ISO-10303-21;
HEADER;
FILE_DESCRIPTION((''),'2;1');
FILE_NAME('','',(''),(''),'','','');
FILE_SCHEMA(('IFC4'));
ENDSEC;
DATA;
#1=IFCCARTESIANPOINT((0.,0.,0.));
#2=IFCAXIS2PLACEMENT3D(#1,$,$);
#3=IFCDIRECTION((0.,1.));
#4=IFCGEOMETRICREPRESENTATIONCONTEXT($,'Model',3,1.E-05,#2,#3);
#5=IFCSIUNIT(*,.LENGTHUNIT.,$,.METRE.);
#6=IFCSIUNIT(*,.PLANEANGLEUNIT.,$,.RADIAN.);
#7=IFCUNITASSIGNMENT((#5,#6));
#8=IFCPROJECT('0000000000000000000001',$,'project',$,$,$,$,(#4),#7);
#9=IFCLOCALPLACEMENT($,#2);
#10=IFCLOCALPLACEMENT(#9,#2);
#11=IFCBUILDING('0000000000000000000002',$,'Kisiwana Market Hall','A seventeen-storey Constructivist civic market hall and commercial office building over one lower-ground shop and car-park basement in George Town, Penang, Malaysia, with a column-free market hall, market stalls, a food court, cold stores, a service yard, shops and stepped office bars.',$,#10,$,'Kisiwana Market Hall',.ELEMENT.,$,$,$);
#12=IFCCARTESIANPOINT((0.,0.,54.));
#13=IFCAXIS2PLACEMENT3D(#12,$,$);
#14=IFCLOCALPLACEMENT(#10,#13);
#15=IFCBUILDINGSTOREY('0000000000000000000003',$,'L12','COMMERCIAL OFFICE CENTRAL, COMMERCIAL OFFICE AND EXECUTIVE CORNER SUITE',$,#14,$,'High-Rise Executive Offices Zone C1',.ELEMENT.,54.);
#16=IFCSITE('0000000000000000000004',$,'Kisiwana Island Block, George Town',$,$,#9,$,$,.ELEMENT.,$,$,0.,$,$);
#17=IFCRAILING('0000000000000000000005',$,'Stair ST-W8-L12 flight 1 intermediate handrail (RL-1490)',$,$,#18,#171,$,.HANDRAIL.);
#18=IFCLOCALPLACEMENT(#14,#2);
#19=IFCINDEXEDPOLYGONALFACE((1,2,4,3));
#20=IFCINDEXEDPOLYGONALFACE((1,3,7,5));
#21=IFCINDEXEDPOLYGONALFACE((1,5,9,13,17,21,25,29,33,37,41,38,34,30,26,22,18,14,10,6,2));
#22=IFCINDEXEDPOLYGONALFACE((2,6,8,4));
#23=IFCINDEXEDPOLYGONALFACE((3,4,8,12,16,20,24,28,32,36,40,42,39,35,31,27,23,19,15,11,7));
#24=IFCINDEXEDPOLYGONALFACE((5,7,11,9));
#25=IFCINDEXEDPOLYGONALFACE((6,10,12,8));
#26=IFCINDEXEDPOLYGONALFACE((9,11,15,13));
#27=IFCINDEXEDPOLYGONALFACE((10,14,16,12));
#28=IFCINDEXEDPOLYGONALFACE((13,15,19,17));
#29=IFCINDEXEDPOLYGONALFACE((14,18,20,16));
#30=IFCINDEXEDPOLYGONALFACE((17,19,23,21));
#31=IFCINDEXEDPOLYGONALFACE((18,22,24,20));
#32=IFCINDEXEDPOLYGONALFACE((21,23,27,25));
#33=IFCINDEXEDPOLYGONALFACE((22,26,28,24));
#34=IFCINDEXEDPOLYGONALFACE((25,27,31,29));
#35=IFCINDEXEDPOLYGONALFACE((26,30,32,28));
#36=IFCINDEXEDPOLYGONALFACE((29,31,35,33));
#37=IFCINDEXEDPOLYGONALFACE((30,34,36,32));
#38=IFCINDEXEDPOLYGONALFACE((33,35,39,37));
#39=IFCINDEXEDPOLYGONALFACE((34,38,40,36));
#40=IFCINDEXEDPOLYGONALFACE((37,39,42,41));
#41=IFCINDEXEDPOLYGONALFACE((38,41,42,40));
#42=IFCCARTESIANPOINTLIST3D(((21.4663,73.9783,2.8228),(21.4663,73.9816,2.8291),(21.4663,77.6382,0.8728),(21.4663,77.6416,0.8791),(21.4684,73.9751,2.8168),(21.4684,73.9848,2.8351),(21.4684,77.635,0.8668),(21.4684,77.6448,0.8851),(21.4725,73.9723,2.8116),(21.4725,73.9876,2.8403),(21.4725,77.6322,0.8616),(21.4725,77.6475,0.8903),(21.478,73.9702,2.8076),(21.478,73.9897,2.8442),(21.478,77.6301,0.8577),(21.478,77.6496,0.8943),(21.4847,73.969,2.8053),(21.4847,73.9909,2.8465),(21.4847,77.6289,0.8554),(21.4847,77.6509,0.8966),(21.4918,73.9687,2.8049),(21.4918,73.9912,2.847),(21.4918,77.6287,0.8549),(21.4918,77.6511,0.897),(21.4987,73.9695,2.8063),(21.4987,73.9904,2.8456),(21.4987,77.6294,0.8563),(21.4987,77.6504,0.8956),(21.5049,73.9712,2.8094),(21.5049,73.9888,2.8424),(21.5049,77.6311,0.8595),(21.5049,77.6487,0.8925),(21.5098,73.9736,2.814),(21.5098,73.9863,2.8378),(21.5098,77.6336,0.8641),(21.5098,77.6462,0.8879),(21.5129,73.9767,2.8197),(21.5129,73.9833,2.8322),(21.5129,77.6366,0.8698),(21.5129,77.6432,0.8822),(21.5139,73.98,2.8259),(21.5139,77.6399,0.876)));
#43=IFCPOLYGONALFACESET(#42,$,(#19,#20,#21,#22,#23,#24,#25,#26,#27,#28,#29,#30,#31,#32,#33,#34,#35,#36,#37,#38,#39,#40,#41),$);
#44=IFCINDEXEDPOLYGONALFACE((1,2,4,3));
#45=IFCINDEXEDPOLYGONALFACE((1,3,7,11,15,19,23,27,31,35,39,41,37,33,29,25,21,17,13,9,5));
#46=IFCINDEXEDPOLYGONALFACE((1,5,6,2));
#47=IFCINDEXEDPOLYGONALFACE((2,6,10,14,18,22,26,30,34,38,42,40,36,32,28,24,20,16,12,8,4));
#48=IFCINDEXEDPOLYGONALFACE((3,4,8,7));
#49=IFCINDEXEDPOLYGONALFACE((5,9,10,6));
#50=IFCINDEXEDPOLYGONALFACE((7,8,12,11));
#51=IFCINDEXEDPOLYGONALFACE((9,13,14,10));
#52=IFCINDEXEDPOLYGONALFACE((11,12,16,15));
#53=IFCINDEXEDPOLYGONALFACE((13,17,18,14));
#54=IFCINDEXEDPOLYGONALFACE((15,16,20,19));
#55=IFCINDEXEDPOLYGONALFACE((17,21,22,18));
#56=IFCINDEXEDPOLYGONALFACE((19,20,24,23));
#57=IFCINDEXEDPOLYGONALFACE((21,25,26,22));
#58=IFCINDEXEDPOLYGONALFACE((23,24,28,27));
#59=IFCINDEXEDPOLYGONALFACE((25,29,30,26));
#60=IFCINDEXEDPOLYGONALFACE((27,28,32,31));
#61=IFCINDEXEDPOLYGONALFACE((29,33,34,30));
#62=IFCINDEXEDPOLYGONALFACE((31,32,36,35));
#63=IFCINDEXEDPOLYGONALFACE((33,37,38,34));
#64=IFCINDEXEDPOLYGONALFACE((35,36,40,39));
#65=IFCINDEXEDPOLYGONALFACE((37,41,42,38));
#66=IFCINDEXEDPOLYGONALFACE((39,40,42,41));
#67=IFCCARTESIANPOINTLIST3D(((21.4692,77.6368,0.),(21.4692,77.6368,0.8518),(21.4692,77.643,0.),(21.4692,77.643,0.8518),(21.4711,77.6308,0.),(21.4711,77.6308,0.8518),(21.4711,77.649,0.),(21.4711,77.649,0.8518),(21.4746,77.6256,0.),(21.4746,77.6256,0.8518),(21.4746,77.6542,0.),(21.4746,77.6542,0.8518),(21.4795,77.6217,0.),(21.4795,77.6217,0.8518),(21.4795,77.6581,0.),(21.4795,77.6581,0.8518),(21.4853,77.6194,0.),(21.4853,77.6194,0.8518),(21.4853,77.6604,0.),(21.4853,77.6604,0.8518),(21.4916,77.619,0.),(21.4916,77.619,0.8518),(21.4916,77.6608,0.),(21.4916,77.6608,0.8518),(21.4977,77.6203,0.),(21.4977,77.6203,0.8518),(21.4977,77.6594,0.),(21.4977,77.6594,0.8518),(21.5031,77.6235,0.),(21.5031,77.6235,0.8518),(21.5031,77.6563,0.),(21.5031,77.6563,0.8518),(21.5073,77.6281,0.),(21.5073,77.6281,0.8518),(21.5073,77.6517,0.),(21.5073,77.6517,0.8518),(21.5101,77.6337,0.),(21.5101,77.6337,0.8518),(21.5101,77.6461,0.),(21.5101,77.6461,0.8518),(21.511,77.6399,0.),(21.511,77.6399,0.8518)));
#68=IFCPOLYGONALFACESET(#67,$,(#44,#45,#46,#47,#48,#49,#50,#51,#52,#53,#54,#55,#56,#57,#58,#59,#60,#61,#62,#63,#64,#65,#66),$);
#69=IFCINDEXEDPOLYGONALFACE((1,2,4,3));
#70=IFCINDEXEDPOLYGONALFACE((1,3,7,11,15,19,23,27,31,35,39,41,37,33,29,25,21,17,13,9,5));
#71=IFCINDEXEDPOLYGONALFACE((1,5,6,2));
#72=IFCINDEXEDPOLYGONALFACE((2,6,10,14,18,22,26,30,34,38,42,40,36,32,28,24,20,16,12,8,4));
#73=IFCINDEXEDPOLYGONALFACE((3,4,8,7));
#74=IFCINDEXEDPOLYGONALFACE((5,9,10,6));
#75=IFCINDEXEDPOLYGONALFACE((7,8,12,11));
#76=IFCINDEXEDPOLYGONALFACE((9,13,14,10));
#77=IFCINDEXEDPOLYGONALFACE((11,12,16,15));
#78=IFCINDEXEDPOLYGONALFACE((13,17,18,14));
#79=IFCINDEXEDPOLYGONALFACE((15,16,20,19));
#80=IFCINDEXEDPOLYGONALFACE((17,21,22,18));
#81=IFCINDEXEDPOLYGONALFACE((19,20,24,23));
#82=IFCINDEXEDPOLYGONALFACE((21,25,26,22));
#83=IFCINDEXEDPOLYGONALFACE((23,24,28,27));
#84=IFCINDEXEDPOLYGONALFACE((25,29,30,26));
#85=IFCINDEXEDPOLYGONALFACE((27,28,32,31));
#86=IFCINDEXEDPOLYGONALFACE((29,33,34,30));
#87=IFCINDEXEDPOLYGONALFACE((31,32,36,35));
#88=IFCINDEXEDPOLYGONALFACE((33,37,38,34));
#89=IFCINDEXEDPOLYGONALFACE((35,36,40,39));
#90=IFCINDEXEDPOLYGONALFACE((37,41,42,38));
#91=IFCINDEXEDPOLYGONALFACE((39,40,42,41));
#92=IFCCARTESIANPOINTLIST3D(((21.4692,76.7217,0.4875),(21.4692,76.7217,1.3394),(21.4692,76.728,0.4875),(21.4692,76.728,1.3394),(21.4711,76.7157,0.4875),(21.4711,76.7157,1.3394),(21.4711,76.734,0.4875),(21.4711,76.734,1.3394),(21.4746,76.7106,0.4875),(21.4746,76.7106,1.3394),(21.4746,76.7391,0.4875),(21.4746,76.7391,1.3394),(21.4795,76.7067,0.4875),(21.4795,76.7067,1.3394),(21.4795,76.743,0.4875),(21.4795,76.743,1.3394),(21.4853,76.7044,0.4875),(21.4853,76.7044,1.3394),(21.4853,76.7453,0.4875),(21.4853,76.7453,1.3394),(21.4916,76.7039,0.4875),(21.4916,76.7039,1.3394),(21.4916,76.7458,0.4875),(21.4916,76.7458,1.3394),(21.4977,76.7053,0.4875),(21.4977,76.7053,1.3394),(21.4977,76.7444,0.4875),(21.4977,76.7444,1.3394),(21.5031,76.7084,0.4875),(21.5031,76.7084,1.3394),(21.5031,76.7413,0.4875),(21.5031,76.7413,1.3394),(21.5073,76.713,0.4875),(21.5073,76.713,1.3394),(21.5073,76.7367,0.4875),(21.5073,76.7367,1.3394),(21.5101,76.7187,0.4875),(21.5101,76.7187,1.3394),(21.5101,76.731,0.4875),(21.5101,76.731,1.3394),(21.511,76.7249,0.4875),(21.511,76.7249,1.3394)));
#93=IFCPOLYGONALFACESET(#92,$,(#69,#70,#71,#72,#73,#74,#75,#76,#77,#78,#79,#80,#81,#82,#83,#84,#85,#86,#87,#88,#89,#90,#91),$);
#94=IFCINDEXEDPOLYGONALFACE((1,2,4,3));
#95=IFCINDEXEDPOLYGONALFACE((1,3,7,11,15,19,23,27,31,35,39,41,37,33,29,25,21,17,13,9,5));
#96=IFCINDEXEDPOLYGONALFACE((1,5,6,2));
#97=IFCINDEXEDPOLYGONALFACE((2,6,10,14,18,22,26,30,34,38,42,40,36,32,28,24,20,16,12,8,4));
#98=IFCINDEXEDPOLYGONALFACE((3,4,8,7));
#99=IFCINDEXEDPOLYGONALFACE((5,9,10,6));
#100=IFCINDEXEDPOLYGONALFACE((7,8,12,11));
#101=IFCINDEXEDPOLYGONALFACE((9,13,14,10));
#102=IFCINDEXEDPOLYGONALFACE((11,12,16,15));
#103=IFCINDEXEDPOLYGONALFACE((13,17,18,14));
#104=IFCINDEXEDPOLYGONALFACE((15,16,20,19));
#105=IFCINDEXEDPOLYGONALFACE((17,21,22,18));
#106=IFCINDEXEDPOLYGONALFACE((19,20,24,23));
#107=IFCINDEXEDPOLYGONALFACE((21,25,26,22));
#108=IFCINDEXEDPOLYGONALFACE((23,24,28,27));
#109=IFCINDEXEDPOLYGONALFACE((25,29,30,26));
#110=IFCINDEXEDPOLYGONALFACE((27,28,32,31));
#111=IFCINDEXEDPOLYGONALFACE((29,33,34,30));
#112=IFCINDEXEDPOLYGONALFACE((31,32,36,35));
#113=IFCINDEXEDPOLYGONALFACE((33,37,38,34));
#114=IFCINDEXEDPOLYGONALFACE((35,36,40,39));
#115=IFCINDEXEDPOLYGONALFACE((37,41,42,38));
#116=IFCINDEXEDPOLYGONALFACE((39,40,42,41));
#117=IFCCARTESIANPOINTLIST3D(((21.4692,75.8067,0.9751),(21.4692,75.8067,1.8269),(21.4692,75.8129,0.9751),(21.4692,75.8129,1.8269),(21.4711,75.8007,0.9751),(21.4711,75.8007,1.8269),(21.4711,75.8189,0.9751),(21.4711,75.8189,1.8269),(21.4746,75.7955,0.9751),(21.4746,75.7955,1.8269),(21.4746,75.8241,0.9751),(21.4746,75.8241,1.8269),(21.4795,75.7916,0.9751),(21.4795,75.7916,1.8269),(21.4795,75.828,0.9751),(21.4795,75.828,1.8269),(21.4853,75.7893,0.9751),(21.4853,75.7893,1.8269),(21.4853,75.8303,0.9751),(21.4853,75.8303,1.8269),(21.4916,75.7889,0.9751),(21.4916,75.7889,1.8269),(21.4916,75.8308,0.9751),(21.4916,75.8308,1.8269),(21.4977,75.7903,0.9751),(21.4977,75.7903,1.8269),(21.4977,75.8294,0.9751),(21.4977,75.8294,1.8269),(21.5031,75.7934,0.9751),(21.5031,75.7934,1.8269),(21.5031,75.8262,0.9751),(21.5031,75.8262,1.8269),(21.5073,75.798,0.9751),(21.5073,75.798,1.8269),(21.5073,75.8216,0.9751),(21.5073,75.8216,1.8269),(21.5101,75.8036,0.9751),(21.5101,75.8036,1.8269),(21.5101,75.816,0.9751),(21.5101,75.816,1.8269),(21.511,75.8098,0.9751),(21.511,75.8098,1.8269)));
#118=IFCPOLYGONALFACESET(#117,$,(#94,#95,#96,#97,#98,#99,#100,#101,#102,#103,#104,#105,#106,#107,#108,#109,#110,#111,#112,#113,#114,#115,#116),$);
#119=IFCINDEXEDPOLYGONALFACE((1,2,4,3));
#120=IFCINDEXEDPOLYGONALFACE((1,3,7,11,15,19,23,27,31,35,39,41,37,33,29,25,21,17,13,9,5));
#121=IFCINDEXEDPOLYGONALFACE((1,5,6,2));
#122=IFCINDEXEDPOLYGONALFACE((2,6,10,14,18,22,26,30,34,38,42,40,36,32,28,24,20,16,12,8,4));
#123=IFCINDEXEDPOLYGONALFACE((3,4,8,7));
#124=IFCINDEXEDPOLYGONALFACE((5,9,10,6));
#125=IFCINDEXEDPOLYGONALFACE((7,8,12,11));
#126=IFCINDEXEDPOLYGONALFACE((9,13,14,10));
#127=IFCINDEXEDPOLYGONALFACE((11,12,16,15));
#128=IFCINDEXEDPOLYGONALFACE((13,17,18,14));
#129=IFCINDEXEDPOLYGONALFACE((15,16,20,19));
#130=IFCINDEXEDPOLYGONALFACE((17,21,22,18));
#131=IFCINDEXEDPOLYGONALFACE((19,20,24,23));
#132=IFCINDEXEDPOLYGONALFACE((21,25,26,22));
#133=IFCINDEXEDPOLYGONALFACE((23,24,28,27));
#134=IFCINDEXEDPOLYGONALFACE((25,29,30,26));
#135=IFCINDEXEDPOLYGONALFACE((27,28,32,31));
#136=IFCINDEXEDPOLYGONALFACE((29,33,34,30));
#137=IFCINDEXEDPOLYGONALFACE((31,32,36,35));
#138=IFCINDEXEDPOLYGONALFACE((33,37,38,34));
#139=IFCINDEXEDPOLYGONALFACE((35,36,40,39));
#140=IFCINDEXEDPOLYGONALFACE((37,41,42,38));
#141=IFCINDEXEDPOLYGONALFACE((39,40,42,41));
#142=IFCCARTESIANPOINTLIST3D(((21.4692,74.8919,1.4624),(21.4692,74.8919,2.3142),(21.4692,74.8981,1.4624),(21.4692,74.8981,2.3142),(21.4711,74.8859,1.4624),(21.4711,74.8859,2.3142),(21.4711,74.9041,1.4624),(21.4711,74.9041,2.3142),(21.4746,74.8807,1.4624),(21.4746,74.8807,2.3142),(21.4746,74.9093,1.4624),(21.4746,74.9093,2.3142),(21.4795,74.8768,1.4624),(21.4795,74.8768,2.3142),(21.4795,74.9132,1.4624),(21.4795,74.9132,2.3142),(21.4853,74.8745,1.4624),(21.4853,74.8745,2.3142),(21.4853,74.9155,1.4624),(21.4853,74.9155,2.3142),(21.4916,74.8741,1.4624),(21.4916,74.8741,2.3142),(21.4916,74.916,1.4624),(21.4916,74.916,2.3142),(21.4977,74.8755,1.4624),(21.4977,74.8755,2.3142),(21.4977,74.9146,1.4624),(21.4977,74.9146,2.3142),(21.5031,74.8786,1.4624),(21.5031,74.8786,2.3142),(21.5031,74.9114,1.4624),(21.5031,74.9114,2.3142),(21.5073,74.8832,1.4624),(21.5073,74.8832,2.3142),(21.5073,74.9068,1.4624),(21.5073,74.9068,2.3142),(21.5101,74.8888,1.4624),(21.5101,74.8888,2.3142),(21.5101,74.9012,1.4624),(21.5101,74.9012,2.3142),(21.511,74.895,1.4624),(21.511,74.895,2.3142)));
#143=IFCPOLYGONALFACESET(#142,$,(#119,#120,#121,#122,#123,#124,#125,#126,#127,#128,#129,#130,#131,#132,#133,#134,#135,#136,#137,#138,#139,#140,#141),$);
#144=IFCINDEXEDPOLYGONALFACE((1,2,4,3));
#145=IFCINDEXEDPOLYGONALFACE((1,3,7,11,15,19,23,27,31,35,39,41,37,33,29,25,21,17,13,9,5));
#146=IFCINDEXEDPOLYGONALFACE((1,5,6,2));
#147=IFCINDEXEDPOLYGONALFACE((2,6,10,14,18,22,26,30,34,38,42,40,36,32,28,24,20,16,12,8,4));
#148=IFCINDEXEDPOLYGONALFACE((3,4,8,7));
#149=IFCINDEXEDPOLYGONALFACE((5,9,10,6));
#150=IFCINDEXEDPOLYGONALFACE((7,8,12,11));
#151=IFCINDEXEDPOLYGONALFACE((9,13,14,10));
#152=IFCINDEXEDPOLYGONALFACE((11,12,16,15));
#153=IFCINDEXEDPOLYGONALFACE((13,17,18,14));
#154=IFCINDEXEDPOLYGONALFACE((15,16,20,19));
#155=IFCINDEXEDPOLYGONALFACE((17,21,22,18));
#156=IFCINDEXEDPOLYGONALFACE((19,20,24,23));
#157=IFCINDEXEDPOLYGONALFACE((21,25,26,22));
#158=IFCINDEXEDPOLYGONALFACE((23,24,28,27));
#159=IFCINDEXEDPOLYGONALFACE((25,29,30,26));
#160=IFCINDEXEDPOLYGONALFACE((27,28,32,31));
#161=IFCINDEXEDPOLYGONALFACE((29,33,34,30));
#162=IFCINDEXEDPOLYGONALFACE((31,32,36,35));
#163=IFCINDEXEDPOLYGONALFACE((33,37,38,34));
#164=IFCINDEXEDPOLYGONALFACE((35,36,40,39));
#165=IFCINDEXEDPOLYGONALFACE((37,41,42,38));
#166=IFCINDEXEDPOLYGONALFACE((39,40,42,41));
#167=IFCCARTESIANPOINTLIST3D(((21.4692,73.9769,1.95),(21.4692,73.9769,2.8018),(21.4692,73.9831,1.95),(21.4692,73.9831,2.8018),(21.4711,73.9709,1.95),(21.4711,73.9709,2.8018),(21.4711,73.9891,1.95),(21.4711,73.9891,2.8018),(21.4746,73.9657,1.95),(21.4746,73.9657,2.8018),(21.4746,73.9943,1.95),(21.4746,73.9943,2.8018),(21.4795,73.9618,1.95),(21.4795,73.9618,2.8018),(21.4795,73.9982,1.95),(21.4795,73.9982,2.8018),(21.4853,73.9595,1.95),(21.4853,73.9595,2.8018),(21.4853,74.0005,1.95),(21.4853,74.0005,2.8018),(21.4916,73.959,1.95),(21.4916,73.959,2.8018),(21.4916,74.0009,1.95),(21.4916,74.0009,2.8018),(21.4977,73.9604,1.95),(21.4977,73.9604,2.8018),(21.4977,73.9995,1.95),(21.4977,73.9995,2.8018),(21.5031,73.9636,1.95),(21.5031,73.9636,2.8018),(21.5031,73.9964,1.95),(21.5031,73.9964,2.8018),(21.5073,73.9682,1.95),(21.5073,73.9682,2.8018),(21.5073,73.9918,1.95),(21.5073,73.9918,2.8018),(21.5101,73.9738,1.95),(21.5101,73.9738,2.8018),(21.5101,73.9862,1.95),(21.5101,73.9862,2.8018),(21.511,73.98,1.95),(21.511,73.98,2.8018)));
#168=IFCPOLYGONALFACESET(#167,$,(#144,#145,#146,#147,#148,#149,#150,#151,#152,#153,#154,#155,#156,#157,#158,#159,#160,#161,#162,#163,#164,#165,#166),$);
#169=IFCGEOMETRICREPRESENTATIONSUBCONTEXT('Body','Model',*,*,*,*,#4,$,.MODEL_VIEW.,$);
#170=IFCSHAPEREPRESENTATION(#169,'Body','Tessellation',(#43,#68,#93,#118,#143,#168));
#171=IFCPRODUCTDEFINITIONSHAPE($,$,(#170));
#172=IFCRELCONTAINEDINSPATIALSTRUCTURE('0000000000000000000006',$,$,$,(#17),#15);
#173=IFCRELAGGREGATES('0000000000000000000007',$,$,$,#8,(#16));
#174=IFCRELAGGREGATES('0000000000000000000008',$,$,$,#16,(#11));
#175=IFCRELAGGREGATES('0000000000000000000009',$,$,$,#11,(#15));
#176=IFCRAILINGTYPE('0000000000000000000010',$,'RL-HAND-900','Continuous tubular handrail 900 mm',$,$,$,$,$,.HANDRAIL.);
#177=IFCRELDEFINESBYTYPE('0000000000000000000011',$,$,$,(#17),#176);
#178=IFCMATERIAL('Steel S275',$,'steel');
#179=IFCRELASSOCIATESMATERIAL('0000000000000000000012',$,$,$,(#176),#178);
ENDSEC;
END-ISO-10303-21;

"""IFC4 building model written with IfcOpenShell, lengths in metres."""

from ifc_helpers import new_model, si_unit, direction, frame, origin, origin_2d, place, context, subcontext, project, spatial, circle, extrude, material, type_object, element, save


model = new_model("IFC4")

# Units and contexts
model_context = context("Model", 3, precision=1e-05, world=origin(), true_north=direction((0.0, 1.0)))
body_context = subcontext(model_context, "Body", "Model", "MODEL_VIEW")
ifc_project = project(units=[si_unit("LENGTHUNIT", "METRE"), si_unit("PLANEANGLEUNIT", "RADIAN")], contexts=[model_context])

# Site, building, storey
site_placement = place(None, origin())
site = spatial("IfcSite", under=ifc_project, at=site_placement, Name="Kisiwana Island Block, George Town", CompositionType="ELEMENT", RefElevation=0.0)
building_placement = place(site_placement, origin())
building = spatial("IfcBuilding", under=site, at=building_placement, Name="Kisiwana Market Hall", Description="A seventeen-storey Constructivist civic market hall and commercial office building over one lower-ground shop and car-park basement in George Town, Penang, Malaysia, with a column-free market hall, market stalls, a food court, cold stores, a service yard, shops and stepped office bars.", LongName="Kisiwana Market Hall", CompositionType="ELEMENT")
storey_placement = place(building_placement, frame((0.0, 0.0, 54.0)))
storey = spatial("IfcBuildingStorey", under=building, at=storey_placement, Name="L12", Description="COMMERCIAL OFFICE CENTRAL, COMMERCIAL OFFICE AND EXECUTIVE CORNER SUITE", LongName="High-Rise Executive Offices Zone C1", CompositionType="ELEMENT", Elevation=54.0)

# Railing
ifc_material_1 = material(Name="Steel S275", Category="steel")
railing_type_1 = type_object("IfcRailingType", Name="RL-HAND-900", Description="Continuous tubular handrail 900 mm", PredefinedType="HANDRAIL", material=ifc_material_1)
railing_1_placement = place(storey_placement, frame((21.49, 77.6399, 0.0)))
element("IfcRailing", 1, at=railing_1_placement, inside=storey, type_object=railing_type_1, Name="Stair ST-W8-L12 flight 1 intermediate handrail (RL-1490)", PredefinedType="HANDRAIL", context=body_context, shape_type="SweptSolid", body=[
    extrude(circle(Radius=0.0239, at=origin_2d()), frame((0.0, 0.0, 0.876), z_axis=(0.0, -0.882553, 0.470212), x_axis=(1.0, 0.0, 0.0)), (0.0, 0.0, 1.0), 4.147),
    extrude(circle(Radius=0.021, at=origin_2d()), origin(), (0.0, 0.0, 1.0), 0.8518),
    extrude(circle(Radius=0.021, at=origin_2d()), frame((0.0, -0.915, 0.4875)), (0.0, 0.0, 1.0), 0.8518),
    extrude(circle(Radius=0.021, at=origin_2d()), frame((0.0, -1.8301, 0.9751)), (0.0, 0.0, 1.0), 0.8518),
    extrude(circle(Radius=0.021, at=origin_2d()), frame((0.0, -2.7449, 1.4624)), (0.0, 0.0, 1.0), 0.8518),
    extrude(circle(Radius=0.021, at=origin_2d()), frame((0.0, -3.6599, 1.95)), (0.0, 0.0, 1.0), 0.8518),
])

save(model, "model.ifc")
